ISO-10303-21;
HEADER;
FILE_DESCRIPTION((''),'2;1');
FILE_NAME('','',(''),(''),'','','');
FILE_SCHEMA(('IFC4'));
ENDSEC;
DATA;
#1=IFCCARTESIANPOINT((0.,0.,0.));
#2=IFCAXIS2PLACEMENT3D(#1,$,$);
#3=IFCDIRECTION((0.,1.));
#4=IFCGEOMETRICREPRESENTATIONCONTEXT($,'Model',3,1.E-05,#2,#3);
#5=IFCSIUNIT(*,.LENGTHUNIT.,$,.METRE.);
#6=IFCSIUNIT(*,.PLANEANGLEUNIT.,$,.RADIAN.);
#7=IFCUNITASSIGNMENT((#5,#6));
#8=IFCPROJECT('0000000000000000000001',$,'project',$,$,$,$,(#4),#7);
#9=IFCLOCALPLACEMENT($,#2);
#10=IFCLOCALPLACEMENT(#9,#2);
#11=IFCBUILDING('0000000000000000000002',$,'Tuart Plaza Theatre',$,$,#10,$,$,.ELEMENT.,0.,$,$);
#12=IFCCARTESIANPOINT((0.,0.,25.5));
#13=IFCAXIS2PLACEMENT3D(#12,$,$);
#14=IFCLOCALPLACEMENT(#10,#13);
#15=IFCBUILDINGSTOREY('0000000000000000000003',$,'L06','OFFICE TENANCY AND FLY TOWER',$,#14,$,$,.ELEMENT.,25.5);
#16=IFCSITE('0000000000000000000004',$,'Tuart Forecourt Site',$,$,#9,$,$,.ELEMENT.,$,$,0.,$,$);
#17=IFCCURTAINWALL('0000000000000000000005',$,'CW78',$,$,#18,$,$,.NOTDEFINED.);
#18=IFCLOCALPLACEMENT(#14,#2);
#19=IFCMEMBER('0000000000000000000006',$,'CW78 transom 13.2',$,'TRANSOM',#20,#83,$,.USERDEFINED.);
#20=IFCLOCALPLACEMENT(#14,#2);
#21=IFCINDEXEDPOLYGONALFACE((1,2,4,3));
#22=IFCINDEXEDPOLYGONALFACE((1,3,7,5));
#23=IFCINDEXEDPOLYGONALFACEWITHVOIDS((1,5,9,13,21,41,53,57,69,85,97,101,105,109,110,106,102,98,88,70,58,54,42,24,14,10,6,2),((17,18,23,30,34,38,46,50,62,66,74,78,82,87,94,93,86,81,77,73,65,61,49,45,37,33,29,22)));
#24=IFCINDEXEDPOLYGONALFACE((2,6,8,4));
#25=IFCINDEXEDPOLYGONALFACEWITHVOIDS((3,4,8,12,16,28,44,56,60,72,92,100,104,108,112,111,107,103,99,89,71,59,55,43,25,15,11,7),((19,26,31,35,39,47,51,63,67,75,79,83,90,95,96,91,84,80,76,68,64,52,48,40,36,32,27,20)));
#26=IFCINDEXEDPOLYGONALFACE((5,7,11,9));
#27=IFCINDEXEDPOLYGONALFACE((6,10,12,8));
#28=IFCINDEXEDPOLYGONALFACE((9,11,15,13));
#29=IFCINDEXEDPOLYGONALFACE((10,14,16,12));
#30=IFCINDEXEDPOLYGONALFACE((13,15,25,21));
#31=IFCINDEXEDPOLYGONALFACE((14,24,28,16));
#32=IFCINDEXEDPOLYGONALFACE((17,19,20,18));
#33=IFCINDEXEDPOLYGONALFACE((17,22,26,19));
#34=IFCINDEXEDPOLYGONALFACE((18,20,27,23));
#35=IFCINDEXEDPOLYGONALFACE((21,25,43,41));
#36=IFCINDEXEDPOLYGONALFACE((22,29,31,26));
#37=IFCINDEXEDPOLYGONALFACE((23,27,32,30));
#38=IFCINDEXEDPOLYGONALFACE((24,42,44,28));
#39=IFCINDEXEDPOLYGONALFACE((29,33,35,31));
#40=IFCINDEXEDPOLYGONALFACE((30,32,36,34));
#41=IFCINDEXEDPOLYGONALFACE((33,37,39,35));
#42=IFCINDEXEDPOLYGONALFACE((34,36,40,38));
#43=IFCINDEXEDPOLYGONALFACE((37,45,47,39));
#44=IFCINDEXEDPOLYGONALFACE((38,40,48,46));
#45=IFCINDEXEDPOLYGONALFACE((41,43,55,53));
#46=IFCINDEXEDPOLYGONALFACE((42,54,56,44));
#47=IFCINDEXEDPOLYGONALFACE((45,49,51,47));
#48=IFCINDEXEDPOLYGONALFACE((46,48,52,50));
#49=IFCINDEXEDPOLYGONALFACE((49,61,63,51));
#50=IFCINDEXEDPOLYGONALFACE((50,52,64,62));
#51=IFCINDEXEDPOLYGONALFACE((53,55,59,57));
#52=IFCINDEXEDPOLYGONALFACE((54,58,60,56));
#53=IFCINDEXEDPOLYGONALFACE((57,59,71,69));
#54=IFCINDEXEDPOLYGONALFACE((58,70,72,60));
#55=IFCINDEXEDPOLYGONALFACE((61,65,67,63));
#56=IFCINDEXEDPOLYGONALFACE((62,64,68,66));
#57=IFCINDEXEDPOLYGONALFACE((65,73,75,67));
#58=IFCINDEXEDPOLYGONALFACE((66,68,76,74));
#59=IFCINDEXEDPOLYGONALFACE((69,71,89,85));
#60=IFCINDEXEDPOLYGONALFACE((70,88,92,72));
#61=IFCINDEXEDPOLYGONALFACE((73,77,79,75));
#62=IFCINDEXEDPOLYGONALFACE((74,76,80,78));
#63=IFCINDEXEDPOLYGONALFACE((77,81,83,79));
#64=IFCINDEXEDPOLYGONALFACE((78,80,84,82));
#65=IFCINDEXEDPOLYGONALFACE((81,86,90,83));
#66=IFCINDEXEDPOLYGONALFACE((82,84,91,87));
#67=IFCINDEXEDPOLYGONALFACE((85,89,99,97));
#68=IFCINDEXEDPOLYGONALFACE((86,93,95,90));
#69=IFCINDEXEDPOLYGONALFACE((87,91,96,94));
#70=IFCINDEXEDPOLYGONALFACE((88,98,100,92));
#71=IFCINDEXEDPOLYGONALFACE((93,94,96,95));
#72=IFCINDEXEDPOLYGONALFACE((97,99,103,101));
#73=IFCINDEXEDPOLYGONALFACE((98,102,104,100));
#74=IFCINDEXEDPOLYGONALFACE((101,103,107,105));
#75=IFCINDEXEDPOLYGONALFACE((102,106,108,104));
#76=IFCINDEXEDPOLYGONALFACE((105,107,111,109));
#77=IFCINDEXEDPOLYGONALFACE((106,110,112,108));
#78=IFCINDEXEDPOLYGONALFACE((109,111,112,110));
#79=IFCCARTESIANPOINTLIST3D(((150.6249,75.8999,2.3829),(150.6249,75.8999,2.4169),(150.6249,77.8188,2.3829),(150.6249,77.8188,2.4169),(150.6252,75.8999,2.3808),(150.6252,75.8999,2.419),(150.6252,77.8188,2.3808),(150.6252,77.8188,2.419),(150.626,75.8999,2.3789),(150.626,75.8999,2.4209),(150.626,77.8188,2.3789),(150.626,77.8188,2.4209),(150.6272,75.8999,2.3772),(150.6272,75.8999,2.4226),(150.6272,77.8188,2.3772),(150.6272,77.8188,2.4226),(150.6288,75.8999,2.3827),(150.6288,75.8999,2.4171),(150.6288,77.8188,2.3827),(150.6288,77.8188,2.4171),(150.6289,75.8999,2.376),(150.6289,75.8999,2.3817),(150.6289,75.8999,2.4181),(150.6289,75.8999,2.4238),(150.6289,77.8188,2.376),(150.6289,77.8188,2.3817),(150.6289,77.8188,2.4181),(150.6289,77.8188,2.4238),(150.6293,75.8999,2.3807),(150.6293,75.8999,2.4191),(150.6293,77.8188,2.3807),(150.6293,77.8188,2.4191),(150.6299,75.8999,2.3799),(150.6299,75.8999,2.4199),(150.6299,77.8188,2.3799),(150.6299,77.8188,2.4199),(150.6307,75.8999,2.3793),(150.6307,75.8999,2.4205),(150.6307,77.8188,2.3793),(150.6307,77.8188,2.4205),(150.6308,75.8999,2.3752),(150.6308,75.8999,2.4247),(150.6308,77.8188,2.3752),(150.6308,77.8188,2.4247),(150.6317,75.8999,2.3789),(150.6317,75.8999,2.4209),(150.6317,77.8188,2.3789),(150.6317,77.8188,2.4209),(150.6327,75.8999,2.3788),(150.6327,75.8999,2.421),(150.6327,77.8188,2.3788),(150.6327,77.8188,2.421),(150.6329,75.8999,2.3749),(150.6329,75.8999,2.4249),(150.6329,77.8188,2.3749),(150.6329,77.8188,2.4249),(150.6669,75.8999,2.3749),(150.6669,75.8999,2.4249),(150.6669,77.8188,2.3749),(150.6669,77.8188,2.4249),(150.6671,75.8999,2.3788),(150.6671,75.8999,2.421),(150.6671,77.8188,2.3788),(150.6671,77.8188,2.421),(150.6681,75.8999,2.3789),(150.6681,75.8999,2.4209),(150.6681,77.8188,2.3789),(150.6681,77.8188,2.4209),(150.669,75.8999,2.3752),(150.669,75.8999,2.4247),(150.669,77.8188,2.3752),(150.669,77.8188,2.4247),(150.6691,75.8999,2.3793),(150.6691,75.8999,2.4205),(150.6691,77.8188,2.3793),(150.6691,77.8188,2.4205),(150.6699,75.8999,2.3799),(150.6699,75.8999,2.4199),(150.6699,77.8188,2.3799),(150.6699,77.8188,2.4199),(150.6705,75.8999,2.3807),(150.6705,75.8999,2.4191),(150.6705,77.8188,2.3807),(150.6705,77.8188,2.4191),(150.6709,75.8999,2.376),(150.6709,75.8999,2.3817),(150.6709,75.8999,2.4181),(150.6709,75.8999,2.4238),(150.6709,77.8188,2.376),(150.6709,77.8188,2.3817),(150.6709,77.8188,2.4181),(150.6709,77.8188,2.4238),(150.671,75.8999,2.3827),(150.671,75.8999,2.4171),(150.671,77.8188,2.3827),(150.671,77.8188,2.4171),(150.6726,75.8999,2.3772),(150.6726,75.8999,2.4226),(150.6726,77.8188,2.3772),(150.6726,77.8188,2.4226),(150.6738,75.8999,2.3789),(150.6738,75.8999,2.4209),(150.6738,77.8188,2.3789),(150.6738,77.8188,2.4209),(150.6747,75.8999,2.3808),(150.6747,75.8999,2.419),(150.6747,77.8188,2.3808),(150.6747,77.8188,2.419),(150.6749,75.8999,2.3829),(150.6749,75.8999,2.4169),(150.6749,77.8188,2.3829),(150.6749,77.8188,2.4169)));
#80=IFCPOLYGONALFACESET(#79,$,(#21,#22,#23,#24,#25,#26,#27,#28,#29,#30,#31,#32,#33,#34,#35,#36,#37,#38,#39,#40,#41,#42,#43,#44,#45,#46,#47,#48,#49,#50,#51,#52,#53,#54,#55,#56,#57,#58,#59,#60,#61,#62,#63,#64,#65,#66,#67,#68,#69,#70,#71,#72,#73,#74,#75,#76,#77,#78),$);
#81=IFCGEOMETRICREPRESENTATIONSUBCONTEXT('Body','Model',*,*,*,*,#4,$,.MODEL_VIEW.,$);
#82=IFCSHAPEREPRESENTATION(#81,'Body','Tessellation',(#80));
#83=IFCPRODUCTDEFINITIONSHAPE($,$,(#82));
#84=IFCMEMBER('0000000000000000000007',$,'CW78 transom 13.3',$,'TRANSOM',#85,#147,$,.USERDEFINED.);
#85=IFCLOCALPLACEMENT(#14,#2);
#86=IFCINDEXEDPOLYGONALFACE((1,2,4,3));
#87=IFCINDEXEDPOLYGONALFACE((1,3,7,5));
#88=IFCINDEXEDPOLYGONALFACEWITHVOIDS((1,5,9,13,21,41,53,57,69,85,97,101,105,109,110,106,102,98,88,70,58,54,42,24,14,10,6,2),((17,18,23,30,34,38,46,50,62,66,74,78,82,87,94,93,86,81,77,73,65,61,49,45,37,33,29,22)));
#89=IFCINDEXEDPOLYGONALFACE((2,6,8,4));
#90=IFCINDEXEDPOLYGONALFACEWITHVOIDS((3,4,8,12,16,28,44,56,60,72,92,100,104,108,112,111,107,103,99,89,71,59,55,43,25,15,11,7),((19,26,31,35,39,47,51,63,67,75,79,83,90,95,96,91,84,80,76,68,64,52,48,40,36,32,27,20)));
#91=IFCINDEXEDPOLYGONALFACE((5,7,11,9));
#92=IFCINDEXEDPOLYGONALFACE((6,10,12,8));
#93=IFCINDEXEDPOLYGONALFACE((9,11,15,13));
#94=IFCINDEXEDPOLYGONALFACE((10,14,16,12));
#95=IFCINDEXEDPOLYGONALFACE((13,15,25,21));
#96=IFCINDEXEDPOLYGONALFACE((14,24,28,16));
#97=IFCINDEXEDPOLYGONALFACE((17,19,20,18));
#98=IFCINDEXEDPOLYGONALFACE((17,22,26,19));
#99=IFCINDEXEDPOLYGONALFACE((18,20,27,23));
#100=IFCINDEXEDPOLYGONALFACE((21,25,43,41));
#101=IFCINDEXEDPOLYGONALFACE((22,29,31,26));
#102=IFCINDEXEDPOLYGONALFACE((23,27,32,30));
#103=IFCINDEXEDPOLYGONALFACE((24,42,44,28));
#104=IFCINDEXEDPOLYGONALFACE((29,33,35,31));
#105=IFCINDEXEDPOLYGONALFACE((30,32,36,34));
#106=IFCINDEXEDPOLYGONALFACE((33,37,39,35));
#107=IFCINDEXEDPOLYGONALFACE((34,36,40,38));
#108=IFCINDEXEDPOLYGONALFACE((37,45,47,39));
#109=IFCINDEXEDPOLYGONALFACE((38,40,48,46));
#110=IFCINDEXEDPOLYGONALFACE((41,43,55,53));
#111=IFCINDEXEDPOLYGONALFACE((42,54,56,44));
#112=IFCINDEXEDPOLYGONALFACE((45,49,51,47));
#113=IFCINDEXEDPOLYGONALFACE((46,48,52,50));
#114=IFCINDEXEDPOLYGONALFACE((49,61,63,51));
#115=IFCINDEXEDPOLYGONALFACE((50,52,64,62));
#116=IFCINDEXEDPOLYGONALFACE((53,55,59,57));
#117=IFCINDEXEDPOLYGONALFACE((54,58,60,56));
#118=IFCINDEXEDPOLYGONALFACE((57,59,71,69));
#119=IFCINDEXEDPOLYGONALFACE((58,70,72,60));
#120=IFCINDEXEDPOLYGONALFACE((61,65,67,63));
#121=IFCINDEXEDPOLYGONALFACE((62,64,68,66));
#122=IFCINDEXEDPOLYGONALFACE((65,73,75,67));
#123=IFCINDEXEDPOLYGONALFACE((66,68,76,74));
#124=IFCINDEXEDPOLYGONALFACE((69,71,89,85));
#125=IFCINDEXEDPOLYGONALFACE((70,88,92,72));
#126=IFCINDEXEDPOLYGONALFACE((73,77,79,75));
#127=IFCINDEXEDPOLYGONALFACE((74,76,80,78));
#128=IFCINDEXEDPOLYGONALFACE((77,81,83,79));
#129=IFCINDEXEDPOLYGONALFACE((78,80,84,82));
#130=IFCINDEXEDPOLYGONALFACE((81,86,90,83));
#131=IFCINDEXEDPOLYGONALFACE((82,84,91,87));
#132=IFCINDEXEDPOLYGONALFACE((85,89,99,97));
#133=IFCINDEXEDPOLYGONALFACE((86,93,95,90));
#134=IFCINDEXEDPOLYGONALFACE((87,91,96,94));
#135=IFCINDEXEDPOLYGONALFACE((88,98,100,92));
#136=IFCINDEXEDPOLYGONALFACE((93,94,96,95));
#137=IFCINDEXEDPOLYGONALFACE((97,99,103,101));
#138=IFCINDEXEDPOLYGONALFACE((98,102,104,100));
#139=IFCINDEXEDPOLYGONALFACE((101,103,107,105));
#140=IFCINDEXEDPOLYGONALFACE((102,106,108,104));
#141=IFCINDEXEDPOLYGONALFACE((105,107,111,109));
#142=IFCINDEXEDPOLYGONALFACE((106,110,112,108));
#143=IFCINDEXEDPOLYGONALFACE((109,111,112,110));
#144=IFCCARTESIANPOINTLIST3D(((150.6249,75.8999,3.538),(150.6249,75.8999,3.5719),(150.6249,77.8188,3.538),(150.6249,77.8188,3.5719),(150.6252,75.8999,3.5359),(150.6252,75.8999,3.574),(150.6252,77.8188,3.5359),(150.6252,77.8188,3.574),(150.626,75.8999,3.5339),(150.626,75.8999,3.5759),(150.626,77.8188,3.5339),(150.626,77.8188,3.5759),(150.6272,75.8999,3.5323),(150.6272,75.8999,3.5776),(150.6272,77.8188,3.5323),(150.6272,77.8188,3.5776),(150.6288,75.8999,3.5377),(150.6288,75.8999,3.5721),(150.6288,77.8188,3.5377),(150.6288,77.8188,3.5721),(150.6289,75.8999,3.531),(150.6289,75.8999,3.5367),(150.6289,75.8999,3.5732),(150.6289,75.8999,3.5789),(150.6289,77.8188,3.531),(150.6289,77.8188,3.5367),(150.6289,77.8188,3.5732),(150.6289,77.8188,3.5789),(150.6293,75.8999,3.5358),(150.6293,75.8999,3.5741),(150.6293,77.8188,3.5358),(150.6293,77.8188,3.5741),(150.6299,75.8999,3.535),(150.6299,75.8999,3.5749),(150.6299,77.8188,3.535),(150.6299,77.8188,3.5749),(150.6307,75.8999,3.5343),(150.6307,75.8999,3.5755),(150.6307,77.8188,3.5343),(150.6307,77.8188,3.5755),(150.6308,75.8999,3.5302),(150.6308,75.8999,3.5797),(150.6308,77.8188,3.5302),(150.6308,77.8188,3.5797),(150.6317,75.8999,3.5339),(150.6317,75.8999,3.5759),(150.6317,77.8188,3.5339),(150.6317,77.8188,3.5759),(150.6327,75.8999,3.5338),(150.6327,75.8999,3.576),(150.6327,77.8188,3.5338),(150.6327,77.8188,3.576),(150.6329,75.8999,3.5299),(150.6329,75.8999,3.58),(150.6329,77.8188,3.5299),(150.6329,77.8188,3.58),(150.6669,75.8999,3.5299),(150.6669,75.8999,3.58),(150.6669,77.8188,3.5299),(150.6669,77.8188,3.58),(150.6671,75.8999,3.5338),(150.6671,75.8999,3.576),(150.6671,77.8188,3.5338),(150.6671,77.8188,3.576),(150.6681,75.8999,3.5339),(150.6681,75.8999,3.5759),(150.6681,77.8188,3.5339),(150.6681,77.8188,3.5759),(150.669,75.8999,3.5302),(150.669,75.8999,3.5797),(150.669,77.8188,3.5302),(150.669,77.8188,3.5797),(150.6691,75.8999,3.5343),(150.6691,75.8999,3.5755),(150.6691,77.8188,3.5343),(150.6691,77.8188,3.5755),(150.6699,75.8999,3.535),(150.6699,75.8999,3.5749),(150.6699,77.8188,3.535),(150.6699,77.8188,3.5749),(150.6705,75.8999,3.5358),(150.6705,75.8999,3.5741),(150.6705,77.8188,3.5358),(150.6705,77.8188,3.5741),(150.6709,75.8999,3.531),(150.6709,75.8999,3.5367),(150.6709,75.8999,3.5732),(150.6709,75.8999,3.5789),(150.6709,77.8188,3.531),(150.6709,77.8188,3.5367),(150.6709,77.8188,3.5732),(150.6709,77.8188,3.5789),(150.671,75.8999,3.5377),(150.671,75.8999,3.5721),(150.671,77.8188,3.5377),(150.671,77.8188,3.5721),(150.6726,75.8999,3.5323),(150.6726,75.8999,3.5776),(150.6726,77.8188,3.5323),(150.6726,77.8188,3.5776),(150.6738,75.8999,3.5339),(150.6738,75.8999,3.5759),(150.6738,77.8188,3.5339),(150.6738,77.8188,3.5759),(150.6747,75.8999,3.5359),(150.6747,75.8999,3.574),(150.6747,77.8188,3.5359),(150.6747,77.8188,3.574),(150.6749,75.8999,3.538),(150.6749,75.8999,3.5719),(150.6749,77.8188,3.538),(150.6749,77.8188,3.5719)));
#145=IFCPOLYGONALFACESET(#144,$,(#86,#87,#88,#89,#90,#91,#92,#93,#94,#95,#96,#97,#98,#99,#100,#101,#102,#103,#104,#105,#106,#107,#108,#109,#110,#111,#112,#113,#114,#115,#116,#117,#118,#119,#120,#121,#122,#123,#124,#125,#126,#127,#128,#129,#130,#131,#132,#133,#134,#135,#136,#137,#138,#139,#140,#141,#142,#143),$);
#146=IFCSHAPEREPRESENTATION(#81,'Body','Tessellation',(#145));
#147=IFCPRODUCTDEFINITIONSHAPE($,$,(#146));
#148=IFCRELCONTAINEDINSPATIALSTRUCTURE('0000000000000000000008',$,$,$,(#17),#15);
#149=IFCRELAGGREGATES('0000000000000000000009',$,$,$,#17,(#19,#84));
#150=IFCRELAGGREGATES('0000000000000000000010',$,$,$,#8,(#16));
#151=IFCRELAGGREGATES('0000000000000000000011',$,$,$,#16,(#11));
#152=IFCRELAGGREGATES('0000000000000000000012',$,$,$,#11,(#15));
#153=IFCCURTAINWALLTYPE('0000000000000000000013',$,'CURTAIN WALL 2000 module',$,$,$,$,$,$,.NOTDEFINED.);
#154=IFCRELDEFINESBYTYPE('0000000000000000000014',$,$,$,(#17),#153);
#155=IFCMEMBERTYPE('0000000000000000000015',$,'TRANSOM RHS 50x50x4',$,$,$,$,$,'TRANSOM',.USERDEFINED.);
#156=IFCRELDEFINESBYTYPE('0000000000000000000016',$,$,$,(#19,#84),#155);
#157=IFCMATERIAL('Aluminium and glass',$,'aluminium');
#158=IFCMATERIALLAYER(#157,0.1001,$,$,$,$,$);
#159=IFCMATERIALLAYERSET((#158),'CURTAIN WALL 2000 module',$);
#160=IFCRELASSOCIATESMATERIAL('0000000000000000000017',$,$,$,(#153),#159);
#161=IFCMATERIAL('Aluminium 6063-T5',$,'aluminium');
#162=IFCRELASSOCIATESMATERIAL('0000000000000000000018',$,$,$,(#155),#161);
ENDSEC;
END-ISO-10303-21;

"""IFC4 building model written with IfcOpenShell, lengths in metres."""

from ifc_helpers import new_model, si_unit, direction, frame, origin, origin_2d, place, context, subcontext, project, spatial, hollow_rectangle, extrude, material, layer, layer_set, material_profile, profile_set, type_object, element, aggregate, save


model = new_model("IFC4")

# Units and contexts
model_context = context("Model", 3, precision=1e-05, world=origin(), true_north=direction((0.0, 1.0)))
body_context = subcontext(model_context, "Body", "Model", "MODEL_VIEW")
ifc_project = project(units=[si_unit("LENGTHUNIT", "METRE"), si_unit("PLANEANGLEUNIT", "RADIAN")], contexts=[model_context])

# Site, building, storey
site_placement = place(None, origin())
site = spatial("IfcSite", under=ifc_project, at=site_placement, Name="Tuart Forecourt Site", CompositionType="ELEMENT", RefElevation=0.0)
building_placement = place(site_placement, origin())
building = spatial("IfcBuilding", under=site, at=building_placement, Name="Tuart Plaza Theatre", CompositionType="ELEMENT", ElevationOfRefHeight=0.0)
storey_placement = place(building_placement, frame((0.0, 0.0, 25.5)))
storey = spatial("IfcBuildingStorey", under=building, at=storey_placement, Name="L06", Description="OFFICE TENANCY AND FLY TOWER", CompositionType="ELEMENT", Elevation=25.5)

# Curtain wall, members
ifc_material_1 = material(Name="Aluminium and glass", Category="aluminium")
ifc_layer_1 = layer(ifc_material_1, 0.1001)
ifc_layer_set_1 = layer_set([ifc_layer_1], Name="CURTAIN WALL 2000 module")
curtain_wall_type = type_object("IfcCurtainWallType", Name="CURTAIN WALL 2000 module", PredefinedType="NOTDEFINED", material=ifc_layer_set_1)
curtain_wall_placement = place(storey_placement, origin())
curtain_wall = element("IfcCurtainWall", 1, at=curtain_wall_placement, inside=storey, type_object=curtain_wall_type, Name="CW78", PredefinedType="NOTDEFINED")
ifc_material_2 = material(Name="Aluminium 6063-T5", Category="aluminium")
ifc_material_profile_1 = material_profile(ifc_material_2, hollow_rectangle(XDim=0.05, YDim=0.05, WallThickness=0.0039, InnerFilletRadius=0.0039, OuterFilletRadius=0.0081, at=origin_2d()), Name="RHS 50x50x4")
ifc_profile_set_1 = profile_set([ifc_material_profile_1], Name="Aluminium 6063-T5")
member_type_1 = type_object("IfcMemberType", Name="TRANSOM RHS 50x50x4", ElementType="TRANSOM", PredefinedType="USERDEFINED", material=ifc_profile_set_1)
member_1_placement = place(storey_placement, frame((150.6499, 75.8999, 2.3999), z_axis=(0.0, 1.0, 0.0), x_axis=(-1.0, 0.0, 0.0)))
member_1 = element("IfcMember", 2, at=member_1_placement, type_object=member_type_1, Name="CW78 transom 13.2", ObjectType="TRANSOM", PredefinedType="USERDEFINED", context=body_context, shape_type="SweptSolid", body=[
    extrude(hollow_rectangle(XDim=0.05, YDim=0.05, WallThickness=0.0039, InnerFilletRadius=0.0039, OuterFilletRadius=0.0081, at=origin_2d()), origin(), (0.0, 0.0, 1.0), 1.9189),
])
member_2_placement = place(storey_placement, frame((150.6499, 75.8999, 3.5549), z_axis=(0.0, 1.0, 0.0), x_axis=(-1.0, 0.0, 0.0)))
member_2 = element("IfcMember", 3, at=member_2_placement, type_object=member_type_1, Name="CW78 transom 13.3", ObjectType="TRANSOM", PredefinedType="USERDEFINED", context=body_context, shape_type="SweptSolid", body=[
    extrude(hollow_rectangle(XDim=0.05, YDim=0.05, WallThickness=0.0039, InnerFilletRadius=0.0039, OuterFilletRadius=0.0081, at=origin_2d()), origin(), (0.0, 0.0, 1.0), 1.9189),
])
aggregate(curtain_wall, [member_1, member_2])

save(model, "model.ifc")
